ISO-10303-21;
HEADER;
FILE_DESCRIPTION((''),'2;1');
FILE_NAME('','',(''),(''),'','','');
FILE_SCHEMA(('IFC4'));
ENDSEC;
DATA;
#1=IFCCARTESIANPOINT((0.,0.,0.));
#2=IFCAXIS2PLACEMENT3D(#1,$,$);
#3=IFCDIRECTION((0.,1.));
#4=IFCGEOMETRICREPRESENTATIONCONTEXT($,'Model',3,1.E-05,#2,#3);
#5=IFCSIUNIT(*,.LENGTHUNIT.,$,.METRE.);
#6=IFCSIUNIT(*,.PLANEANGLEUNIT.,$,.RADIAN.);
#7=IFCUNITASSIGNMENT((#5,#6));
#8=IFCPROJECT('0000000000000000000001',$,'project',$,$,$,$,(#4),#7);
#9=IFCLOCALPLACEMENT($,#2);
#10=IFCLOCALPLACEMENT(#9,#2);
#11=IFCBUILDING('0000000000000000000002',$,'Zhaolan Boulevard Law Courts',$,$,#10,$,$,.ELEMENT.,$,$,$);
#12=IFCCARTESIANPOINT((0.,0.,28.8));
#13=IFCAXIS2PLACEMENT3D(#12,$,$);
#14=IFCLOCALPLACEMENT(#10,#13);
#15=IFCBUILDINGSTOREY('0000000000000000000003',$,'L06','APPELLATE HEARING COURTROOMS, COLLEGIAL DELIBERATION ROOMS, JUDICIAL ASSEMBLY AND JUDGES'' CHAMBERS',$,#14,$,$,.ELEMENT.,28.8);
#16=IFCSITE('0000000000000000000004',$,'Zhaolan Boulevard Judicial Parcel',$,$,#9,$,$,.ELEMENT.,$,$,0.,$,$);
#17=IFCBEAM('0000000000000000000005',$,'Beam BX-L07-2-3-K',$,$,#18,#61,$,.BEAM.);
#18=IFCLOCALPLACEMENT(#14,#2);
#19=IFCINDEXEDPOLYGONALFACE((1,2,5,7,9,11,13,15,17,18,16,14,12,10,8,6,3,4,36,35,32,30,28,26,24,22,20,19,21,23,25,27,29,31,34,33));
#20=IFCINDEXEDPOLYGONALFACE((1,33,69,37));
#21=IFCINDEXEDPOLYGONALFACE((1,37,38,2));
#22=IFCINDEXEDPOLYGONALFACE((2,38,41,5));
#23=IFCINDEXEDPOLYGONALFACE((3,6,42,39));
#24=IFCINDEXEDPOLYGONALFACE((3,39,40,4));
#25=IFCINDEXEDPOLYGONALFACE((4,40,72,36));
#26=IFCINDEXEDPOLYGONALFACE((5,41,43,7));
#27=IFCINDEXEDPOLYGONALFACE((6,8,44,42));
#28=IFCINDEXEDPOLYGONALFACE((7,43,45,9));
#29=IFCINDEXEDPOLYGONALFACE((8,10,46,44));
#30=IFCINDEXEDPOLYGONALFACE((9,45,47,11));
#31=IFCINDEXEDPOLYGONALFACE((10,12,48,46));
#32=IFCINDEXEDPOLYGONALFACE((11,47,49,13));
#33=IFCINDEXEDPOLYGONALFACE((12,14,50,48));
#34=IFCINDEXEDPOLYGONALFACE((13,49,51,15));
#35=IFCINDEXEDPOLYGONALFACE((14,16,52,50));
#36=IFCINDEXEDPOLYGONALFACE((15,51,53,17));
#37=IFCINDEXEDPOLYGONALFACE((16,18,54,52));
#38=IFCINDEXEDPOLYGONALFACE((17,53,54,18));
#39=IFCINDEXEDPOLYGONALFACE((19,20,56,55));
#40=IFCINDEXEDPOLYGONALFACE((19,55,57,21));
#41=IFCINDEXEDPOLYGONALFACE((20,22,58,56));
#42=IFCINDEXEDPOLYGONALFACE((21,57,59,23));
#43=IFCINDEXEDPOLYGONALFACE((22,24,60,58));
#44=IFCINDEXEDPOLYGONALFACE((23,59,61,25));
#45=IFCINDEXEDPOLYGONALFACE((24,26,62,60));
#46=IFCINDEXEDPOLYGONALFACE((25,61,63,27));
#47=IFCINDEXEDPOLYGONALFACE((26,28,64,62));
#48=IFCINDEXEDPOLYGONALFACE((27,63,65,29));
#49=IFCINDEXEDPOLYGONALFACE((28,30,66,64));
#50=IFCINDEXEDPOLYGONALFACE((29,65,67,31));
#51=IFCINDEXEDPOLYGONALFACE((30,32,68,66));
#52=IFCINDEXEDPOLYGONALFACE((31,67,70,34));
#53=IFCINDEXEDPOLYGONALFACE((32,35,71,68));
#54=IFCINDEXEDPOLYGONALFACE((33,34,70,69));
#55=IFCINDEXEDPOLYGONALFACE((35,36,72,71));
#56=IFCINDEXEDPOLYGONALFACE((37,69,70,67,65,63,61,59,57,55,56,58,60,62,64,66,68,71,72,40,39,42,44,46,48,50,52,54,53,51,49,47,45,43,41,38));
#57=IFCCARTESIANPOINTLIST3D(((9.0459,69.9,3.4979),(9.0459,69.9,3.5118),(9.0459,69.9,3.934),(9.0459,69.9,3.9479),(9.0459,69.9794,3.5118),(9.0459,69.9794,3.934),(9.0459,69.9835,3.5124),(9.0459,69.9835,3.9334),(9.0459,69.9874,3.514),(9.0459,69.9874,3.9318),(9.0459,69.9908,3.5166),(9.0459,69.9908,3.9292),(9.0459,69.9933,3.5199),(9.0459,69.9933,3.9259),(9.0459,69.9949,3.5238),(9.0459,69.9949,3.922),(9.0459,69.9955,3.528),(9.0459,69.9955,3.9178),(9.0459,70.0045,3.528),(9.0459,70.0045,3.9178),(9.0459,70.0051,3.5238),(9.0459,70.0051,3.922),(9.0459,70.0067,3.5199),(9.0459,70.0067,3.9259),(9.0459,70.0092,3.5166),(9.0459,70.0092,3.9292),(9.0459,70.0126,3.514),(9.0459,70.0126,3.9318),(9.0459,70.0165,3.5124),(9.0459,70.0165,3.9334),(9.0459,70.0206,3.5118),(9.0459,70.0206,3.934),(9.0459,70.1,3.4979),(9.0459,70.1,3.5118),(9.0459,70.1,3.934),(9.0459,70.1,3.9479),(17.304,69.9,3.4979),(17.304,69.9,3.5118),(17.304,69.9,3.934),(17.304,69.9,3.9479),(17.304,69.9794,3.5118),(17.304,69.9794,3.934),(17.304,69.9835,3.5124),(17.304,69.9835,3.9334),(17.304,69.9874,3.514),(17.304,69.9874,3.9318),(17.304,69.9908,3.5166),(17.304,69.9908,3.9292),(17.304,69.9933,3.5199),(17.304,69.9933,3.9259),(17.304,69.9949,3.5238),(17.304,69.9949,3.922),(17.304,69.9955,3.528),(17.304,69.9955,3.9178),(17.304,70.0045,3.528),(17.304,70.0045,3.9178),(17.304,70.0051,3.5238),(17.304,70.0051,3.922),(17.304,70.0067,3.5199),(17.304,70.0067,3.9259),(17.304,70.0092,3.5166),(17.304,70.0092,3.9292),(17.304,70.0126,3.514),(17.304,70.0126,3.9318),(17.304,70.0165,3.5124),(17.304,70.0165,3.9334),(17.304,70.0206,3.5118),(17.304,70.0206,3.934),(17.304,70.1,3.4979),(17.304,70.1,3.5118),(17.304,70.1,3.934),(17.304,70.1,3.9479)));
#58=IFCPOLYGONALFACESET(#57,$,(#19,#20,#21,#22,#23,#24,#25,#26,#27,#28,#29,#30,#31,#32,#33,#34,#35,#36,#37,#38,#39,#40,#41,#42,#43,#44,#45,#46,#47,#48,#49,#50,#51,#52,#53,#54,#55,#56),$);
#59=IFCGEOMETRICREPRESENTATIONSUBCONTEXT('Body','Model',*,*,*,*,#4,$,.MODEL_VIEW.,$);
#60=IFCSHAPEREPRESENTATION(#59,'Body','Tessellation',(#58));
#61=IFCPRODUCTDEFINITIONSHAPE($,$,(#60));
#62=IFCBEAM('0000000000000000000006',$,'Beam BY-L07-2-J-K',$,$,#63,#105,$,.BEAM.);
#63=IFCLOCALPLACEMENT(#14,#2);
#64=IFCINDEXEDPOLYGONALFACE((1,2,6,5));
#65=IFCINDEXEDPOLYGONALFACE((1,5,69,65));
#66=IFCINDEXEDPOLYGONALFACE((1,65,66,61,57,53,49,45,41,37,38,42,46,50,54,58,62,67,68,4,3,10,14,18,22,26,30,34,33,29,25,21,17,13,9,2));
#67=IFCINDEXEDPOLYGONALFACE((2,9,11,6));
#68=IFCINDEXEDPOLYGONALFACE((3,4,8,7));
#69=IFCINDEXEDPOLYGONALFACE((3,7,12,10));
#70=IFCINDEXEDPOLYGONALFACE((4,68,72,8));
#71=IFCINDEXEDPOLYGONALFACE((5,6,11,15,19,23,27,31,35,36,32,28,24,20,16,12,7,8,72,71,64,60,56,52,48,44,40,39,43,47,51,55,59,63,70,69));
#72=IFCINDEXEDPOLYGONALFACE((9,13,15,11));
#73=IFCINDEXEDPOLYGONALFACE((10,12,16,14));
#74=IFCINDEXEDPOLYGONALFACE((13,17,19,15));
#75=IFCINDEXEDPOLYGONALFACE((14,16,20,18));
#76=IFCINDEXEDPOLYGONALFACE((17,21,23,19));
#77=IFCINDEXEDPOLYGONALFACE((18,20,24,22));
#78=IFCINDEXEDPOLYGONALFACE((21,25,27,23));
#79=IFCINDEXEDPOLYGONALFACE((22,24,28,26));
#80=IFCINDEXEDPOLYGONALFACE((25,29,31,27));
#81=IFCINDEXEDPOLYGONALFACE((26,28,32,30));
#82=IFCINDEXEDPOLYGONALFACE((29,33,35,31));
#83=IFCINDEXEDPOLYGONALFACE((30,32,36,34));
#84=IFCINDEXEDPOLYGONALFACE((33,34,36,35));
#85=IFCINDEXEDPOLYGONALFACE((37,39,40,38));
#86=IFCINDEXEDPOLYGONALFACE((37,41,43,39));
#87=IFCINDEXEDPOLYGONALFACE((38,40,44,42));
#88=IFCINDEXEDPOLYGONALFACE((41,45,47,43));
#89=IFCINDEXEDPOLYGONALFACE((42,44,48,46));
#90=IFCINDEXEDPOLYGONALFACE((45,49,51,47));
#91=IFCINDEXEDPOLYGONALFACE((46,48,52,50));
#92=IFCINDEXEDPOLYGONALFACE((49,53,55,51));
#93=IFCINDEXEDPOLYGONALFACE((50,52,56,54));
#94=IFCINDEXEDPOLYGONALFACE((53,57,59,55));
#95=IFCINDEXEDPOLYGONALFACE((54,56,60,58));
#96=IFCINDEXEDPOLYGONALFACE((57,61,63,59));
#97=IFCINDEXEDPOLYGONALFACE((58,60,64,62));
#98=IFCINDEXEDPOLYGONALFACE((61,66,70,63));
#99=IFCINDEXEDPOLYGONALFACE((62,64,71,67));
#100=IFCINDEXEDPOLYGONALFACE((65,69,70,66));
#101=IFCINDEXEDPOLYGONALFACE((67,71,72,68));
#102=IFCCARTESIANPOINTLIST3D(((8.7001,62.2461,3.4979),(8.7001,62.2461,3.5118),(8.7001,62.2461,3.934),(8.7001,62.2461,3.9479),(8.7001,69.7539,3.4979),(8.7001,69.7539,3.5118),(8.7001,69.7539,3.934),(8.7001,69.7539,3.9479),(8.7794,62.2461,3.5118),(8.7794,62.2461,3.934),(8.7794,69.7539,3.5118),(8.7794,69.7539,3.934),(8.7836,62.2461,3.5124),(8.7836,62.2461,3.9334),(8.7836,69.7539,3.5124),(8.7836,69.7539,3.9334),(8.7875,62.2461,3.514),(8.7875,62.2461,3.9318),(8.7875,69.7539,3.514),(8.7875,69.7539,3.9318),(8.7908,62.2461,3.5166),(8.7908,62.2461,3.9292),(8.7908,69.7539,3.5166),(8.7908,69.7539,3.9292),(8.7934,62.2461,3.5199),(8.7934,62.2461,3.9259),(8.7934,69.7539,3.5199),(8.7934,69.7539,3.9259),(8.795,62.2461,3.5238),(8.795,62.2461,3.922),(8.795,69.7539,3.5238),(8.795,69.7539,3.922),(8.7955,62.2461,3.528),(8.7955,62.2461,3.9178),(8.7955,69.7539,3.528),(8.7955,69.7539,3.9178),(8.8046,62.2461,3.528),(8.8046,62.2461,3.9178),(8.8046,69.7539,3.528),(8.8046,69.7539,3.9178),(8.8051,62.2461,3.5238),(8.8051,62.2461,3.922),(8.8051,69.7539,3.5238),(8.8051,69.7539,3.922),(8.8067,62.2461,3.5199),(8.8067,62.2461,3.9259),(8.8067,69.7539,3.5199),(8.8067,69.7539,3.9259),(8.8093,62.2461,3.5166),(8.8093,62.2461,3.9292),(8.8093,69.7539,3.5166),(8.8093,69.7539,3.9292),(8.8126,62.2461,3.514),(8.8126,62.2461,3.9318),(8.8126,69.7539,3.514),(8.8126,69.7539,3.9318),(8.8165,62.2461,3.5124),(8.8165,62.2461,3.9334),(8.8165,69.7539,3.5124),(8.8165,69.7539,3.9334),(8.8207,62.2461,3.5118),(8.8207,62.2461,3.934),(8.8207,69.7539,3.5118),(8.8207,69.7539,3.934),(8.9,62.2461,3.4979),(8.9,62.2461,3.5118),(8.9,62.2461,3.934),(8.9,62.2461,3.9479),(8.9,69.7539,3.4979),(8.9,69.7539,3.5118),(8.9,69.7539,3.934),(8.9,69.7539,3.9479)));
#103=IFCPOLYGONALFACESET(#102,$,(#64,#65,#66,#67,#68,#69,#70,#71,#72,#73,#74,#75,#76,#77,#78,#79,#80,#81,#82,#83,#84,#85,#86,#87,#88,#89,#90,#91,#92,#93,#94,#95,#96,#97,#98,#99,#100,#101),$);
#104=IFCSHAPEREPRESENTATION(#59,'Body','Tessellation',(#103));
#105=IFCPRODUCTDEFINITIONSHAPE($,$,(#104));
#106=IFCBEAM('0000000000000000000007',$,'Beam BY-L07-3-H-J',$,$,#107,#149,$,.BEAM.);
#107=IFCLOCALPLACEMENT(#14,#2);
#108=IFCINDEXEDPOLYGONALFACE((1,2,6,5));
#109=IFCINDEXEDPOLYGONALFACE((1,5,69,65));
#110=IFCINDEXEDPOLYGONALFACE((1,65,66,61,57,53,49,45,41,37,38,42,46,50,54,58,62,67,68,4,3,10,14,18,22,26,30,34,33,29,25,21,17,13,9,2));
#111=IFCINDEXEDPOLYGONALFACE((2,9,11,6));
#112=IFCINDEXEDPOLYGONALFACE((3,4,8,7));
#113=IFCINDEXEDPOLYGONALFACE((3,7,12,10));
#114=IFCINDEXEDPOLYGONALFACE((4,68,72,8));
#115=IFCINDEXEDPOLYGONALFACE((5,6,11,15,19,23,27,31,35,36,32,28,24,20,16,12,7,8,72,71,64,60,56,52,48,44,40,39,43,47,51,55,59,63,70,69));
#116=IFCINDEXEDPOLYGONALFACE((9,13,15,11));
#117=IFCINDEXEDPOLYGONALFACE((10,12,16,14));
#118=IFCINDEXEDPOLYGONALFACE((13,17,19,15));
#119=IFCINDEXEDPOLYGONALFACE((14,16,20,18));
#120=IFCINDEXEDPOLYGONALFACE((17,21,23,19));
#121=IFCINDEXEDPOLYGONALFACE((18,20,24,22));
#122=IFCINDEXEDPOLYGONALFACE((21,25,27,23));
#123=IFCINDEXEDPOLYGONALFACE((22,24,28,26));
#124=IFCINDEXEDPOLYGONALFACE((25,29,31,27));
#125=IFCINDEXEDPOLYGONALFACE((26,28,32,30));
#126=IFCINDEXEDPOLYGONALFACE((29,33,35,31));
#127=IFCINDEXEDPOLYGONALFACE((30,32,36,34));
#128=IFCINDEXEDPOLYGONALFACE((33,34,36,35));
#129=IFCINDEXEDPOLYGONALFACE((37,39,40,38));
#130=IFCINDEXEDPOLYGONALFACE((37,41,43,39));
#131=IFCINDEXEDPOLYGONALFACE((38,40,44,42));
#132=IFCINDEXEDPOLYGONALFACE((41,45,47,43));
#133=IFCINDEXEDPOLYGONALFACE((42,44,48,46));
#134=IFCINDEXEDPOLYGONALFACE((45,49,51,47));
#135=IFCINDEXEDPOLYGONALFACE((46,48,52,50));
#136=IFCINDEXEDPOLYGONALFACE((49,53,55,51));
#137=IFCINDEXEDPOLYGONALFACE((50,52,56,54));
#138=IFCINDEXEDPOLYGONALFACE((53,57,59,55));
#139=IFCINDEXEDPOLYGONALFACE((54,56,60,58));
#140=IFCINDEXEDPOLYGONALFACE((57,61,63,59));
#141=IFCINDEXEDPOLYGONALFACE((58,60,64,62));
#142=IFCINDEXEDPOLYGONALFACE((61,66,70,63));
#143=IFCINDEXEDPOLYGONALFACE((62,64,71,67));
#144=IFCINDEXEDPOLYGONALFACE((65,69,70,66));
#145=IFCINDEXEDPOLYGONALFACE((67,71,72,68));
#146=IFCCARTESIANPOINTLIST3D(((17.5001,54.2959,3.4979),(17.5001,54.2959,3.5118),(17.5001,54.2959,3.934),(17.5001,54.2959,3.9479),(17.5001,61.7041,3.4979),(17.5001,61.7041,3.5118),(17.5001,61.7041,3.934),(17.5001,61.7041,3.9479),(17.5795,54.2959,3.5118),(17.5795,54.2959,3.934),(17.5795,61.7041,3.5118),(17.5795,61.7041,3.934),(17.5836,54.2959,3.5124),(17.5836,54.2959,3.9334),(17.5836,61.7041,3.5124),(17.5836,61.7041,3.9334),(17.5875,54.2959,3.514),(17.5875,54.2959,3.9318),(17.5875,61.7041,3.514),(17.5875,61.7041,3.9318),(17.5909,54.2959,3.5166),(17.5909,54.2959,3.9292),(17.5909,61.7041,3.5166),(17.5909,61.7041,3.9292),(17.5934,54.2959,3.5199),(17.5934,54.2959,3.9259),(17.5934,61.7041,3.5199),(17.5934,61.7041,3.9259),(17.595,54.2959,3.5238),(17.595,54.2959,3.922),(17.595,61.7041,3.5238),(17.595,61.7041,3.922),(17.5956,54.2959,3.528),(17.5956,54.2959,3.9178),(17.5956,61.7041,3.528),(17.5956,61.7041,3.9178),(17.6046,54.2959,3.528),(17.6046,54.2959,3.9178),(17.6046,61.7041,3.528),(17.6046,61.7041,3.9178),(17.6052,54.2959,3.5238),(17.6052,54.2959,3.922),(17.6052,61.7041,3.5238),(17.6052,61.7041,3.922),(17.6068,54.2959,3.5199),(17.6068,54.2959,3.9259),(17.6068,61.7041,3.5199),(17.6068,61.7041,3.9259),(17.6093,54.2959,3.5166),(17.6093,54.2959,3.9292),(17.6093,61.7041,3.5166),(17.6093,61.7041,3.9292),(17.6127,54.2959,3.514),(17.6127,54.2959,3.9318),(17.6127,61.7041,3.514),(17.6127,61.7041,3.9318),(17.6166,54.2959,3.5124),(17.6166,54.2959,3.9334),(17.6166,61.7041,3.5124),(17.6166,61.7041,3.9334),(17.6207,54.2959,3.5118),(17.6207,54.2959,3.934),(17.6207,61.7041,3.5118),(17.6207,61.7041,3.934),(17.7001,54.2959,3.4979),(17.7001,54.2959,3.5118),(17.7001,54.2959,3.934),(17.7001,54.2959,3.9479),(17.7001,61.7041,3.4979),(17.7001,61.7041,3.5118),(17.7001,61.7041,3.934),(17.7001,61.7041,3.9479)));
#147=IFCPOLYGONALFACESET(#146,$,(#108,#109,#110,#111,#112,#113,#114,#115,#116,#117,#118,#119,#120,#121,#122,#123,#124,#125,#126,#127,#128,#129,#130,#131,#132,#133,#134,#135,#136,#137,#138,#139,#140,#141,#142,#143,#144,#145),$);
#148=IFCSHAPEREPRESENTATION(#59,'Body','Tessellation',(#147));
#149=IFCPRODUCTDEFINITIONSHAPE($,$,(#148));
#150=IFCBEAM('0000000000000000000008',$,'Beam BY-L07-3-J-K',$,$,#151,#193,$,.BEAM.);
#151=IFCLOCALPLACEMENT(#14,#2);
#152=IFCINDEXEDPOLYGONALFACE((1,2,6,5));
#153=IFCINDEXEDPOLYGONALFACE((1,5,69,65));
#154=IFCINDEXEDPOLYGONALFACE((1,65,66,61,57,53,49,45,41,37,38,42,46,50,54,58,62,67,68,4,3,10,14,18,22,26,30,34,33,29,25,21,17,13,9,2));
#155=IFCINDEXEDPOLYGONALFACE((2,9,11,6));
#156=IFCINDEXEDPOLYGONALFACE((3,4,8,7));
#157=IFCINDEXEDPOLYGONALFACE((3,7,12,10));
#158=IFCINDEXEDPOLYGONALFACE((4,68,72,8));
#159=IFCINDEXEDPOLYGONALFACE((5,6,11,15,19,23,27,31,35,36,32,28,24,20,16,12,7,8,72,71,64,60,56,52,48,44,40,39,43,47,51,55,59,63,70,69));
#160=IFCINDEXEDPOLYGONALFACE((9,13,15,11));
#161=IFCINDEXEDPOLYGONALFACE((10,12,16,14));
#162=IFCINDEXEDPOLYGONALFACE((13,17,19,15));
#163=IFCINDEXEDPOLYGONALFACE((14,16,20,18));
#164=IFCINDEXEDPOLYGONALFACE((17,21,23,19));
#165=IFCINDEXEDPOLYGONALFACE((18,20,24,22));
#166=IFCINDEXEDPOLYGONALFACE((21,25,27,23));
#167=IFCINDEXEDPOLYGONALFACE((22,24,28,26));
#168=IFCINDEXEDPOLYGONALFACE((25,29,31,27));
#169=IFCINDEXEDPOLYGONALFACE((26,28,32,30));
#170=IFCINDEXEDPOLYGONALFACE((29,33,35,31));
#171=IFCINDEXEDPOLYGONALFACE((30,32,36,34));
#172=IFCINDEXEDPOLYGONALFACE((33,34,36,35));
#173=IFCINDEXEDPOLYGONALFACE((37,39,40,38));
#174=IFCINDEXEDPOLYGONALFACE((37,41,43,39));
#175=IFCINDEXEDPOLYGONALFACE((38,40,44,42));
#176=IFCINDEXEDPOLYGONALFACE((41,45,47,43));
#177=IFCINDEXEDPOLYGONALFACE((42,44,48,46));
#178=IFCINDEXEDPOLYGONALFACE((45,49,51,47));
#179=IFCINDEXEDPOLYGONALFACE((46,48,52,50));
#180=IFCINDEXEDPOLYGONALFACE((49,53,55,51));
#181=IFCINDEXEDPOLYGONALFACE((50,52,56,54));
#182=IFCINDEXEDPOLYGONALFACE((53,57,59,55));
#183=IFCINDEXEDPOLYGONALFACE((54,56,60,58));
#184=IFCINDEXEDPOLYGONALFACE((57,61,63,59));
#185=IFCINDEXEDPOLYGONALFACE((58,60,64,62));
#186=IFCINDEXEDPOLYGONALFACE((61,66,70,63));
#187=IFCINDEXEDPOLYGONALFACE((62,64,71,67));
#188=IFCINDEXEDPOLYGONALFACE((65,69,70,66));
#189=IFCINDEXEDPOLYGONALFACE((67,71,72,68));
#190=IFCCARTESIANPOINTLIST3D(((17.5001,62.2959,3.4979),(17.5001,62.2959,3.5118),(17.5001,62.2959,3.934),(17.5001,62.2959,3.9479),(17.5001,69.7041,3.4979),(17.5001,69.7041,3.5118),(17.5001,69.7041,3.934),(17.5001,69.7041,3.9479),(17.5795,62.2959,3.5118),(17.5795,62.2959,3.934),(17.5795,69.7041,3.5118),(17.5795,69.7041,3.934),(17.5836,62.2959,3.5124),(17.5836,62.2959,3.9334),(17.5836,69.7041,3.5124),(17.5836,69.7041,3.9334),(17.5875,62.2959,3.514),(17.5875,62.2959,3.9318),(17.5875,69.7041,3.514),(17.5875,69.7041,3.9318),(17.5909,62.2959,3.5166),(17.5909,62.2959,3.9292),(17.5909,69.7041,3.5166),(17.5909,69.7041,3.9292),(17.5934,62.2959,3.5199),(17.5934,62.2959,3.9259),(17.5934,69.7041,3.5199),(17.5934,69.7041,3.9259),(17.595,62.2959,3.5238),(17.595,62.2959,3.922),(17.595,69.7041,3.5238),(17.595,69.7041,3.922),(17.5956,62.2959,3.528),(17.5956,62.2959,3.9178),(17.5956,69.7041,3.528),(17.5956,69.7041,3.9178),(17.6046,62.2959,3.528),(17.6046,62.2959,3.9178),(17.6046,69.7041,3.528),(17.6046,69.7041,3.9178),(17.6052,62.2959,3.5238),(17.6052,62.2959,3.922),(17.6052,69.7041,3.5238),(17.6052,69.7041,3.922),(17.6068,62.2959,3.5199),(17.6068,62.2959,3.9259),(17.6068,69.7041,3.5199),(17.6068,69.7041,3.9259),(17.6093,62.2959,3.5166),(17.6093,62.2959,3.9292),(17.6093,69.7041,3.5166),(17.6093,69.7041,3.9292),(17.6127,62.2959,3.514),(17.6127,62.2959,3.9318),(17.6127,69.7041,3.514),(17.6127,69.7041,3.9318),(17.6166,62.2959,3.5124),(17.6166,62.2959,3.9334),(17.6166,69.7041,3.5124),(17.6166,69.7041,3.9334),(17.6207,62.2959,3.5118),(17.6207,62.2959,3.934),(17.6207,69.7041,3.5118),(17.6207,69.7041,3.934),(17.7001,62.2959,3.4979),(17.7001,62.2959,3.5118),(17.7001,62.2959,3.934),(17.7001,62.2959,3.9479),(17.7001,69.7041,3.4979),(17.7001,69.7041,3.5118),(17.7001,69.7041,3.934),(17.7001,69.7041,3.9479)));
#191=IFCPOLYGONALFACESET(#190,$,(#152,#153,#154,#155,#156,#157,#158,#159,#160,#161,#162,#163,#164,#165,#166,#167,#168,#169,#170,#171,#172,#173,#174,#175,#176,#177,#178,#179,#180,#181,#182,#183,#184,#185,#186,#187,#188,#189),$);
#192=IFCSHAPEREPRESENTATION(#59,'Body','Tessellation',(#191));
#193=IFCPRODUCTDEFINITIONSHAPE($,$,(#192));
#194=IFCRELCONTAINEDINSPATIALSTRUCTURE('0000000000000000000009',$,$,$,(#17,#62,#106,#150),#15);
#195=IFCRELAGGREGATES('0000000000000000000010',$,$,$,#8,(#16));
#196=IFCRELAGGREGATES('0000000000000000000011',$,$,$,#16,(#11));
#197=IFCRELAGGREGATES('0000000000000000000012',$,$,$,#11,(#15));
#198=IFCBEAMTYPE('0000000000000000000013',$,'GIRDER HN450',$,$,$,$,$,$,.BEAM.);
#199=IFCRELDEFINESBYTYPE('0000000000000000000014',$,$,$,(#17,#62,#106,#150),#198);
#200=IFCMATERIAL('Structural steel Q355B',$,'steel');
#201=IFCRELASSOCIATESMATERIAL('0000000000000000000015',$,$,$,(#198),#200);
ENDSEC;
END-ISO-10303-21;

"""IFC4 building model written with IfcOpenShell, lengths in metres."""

from ifc_helpers import new_model, si_unit, direction, frame, origin, origin_2d, place, context, subcontext, project, spatial, i_section, extrude, material, material_profile, profile_set, type_object, element, save


model = new_model("IFC4")

# Units and contexts
model_context = context("Model", 3, precision=1e-05, world=origin(), true_north=direction((0.0, 1.0)))
body_context = subcontext(model_context, "Body", "Model", "MODEL_VIEW")
ifc_project = project(units=[si_unit("LENGTHUNIT", "METRE"), si_unit("PLANEANGLEUNIT", "RADIAN")], contexts=[model_context])

# Site, building, storey
site_placement = place(None, origin())
site = spatial("IfcSite", under=ifc_project, at=site_placement, Name="Zhaolan Boulevard Judicial Parcel", CompositionType="ELEMENT", RefElevation=0.0)
building_placement = place(site_placement, origin())
building = spatial("IfcBuilding", under=site, at=building_placement, Name="Zhaolan Boulevard Law Courts", CompositionType="ELEMENT")
storey_placement = place(building_placement, frame((0.0, 0.0, 28.8)))
storey = spatial("IfcBuildingStorey", under=building, at=storey_placement, Name="L06", Description="APPELLATE HEARING COURTROOMS, COLLEGIAL DELIBERATION ROOMS, JUDICIAL ASSEMBLY AND JUDGES' CHAMBERS", CompositionType="ELEMENT", Elevation=28.8)

# Beams
ifc_material_1 = material(Name="Structural steel Q355B", Category="steel")
ifc_material_profile_1 = material_profile(ifc_material_1, i_section(OverallWidth=0.2, OverallDepth=0.45, WebThickness=0.009, FlangeThickness=0.0139, FilletRadius=0.0161, at=origin_2d()), Name="HN450x200")
ifc_profile_set_1 = profile_set([ifc_material_profile_1], Name="Structural steel Q355B")
beam_type_1 = type_object("IfcBeamType", Name="GIRDER HN450", PredefinedType="BEAM", material=ifc_profile_set_1)
beam_1_placement = place(storey_placement, frame((9.0459, 70.0, 3.7229), z_axis=(1.0, 0.0, 0.0), x_axis=(0.0, 1.0, 0.0)))
element("IfcBeam", 1, at=beam_1_placement, inside=storey, type_object=beam_type_1, Name="Beam BX-L07-2-3-K", PredefinedType="BEAM", context=body_context, shape_type="SweptSolid", body=[
    extrude(i_section(OverallWidth=0.2, OverallDepth=0.45, WebThickness=0.009, FlangeThickness=0.0139, FilletRadius=0.0161, at=origin_2d()), origin(), (0.0, 0.0, 1.0), 8.2581),
])
beam_2_placement = place(storey_placement, frame((8.8, 62.2461, 3.7229), z_axis=(0.0, 1.0, 0.0), x_axis=(-1.0, 0.0, 0.0)))
element("IfcBeam", 2, at=beam_2_placement, inside=storey, type_object=beam_type_1, Name="Beam BY-L07-2-J-K", PredefinedType="BEAM", context=body_context, shape_type="SweptSolid", body=[
    extrude(i_section(OverallWidth=0.2, OverallDepth=0.45, WebThickness=0.009, FlangeThickness=0.0139, FilletRadius=0.0161, at=origin_2d()), origin(), (0.0, 0.0, 1.0), 7.5078),
])
for number, where, z_axis, x_axis, name in (
    (3, (17.6001, 54.2959, 3.7229), (0.0, 1.0, 0.0), (-1.0, 0.0, 0.0), "Beam BY-L07-3-H-J"),
    (4, (17.6001, 62.2959, 3.7229), (0.0, 1.0, 0.0), (-1.0, 0.0, 0.0), "Beam BY-L07-3-J-K"),
):
    element("IfcBeam", number, at=place(storey_placement, frame(where, z_axis=z_axis, x_axis=x_axis)), inside=storey, type_object=beam_type_1, Name=name, PredefinedType="BEAM", context=body_context, shape_type="SweptSolid", body=[
        extrude(i_section(OverallWidth=0.2, OverallDepth=0.45, WebThickness=0.009, FlangeThickness=0.0139, FilletRadius=0.0161, at=origin_2d()), origin(), (0.0, 0.0, 1.0), 7.4082),
    ])

save(model, "model.ifc")
